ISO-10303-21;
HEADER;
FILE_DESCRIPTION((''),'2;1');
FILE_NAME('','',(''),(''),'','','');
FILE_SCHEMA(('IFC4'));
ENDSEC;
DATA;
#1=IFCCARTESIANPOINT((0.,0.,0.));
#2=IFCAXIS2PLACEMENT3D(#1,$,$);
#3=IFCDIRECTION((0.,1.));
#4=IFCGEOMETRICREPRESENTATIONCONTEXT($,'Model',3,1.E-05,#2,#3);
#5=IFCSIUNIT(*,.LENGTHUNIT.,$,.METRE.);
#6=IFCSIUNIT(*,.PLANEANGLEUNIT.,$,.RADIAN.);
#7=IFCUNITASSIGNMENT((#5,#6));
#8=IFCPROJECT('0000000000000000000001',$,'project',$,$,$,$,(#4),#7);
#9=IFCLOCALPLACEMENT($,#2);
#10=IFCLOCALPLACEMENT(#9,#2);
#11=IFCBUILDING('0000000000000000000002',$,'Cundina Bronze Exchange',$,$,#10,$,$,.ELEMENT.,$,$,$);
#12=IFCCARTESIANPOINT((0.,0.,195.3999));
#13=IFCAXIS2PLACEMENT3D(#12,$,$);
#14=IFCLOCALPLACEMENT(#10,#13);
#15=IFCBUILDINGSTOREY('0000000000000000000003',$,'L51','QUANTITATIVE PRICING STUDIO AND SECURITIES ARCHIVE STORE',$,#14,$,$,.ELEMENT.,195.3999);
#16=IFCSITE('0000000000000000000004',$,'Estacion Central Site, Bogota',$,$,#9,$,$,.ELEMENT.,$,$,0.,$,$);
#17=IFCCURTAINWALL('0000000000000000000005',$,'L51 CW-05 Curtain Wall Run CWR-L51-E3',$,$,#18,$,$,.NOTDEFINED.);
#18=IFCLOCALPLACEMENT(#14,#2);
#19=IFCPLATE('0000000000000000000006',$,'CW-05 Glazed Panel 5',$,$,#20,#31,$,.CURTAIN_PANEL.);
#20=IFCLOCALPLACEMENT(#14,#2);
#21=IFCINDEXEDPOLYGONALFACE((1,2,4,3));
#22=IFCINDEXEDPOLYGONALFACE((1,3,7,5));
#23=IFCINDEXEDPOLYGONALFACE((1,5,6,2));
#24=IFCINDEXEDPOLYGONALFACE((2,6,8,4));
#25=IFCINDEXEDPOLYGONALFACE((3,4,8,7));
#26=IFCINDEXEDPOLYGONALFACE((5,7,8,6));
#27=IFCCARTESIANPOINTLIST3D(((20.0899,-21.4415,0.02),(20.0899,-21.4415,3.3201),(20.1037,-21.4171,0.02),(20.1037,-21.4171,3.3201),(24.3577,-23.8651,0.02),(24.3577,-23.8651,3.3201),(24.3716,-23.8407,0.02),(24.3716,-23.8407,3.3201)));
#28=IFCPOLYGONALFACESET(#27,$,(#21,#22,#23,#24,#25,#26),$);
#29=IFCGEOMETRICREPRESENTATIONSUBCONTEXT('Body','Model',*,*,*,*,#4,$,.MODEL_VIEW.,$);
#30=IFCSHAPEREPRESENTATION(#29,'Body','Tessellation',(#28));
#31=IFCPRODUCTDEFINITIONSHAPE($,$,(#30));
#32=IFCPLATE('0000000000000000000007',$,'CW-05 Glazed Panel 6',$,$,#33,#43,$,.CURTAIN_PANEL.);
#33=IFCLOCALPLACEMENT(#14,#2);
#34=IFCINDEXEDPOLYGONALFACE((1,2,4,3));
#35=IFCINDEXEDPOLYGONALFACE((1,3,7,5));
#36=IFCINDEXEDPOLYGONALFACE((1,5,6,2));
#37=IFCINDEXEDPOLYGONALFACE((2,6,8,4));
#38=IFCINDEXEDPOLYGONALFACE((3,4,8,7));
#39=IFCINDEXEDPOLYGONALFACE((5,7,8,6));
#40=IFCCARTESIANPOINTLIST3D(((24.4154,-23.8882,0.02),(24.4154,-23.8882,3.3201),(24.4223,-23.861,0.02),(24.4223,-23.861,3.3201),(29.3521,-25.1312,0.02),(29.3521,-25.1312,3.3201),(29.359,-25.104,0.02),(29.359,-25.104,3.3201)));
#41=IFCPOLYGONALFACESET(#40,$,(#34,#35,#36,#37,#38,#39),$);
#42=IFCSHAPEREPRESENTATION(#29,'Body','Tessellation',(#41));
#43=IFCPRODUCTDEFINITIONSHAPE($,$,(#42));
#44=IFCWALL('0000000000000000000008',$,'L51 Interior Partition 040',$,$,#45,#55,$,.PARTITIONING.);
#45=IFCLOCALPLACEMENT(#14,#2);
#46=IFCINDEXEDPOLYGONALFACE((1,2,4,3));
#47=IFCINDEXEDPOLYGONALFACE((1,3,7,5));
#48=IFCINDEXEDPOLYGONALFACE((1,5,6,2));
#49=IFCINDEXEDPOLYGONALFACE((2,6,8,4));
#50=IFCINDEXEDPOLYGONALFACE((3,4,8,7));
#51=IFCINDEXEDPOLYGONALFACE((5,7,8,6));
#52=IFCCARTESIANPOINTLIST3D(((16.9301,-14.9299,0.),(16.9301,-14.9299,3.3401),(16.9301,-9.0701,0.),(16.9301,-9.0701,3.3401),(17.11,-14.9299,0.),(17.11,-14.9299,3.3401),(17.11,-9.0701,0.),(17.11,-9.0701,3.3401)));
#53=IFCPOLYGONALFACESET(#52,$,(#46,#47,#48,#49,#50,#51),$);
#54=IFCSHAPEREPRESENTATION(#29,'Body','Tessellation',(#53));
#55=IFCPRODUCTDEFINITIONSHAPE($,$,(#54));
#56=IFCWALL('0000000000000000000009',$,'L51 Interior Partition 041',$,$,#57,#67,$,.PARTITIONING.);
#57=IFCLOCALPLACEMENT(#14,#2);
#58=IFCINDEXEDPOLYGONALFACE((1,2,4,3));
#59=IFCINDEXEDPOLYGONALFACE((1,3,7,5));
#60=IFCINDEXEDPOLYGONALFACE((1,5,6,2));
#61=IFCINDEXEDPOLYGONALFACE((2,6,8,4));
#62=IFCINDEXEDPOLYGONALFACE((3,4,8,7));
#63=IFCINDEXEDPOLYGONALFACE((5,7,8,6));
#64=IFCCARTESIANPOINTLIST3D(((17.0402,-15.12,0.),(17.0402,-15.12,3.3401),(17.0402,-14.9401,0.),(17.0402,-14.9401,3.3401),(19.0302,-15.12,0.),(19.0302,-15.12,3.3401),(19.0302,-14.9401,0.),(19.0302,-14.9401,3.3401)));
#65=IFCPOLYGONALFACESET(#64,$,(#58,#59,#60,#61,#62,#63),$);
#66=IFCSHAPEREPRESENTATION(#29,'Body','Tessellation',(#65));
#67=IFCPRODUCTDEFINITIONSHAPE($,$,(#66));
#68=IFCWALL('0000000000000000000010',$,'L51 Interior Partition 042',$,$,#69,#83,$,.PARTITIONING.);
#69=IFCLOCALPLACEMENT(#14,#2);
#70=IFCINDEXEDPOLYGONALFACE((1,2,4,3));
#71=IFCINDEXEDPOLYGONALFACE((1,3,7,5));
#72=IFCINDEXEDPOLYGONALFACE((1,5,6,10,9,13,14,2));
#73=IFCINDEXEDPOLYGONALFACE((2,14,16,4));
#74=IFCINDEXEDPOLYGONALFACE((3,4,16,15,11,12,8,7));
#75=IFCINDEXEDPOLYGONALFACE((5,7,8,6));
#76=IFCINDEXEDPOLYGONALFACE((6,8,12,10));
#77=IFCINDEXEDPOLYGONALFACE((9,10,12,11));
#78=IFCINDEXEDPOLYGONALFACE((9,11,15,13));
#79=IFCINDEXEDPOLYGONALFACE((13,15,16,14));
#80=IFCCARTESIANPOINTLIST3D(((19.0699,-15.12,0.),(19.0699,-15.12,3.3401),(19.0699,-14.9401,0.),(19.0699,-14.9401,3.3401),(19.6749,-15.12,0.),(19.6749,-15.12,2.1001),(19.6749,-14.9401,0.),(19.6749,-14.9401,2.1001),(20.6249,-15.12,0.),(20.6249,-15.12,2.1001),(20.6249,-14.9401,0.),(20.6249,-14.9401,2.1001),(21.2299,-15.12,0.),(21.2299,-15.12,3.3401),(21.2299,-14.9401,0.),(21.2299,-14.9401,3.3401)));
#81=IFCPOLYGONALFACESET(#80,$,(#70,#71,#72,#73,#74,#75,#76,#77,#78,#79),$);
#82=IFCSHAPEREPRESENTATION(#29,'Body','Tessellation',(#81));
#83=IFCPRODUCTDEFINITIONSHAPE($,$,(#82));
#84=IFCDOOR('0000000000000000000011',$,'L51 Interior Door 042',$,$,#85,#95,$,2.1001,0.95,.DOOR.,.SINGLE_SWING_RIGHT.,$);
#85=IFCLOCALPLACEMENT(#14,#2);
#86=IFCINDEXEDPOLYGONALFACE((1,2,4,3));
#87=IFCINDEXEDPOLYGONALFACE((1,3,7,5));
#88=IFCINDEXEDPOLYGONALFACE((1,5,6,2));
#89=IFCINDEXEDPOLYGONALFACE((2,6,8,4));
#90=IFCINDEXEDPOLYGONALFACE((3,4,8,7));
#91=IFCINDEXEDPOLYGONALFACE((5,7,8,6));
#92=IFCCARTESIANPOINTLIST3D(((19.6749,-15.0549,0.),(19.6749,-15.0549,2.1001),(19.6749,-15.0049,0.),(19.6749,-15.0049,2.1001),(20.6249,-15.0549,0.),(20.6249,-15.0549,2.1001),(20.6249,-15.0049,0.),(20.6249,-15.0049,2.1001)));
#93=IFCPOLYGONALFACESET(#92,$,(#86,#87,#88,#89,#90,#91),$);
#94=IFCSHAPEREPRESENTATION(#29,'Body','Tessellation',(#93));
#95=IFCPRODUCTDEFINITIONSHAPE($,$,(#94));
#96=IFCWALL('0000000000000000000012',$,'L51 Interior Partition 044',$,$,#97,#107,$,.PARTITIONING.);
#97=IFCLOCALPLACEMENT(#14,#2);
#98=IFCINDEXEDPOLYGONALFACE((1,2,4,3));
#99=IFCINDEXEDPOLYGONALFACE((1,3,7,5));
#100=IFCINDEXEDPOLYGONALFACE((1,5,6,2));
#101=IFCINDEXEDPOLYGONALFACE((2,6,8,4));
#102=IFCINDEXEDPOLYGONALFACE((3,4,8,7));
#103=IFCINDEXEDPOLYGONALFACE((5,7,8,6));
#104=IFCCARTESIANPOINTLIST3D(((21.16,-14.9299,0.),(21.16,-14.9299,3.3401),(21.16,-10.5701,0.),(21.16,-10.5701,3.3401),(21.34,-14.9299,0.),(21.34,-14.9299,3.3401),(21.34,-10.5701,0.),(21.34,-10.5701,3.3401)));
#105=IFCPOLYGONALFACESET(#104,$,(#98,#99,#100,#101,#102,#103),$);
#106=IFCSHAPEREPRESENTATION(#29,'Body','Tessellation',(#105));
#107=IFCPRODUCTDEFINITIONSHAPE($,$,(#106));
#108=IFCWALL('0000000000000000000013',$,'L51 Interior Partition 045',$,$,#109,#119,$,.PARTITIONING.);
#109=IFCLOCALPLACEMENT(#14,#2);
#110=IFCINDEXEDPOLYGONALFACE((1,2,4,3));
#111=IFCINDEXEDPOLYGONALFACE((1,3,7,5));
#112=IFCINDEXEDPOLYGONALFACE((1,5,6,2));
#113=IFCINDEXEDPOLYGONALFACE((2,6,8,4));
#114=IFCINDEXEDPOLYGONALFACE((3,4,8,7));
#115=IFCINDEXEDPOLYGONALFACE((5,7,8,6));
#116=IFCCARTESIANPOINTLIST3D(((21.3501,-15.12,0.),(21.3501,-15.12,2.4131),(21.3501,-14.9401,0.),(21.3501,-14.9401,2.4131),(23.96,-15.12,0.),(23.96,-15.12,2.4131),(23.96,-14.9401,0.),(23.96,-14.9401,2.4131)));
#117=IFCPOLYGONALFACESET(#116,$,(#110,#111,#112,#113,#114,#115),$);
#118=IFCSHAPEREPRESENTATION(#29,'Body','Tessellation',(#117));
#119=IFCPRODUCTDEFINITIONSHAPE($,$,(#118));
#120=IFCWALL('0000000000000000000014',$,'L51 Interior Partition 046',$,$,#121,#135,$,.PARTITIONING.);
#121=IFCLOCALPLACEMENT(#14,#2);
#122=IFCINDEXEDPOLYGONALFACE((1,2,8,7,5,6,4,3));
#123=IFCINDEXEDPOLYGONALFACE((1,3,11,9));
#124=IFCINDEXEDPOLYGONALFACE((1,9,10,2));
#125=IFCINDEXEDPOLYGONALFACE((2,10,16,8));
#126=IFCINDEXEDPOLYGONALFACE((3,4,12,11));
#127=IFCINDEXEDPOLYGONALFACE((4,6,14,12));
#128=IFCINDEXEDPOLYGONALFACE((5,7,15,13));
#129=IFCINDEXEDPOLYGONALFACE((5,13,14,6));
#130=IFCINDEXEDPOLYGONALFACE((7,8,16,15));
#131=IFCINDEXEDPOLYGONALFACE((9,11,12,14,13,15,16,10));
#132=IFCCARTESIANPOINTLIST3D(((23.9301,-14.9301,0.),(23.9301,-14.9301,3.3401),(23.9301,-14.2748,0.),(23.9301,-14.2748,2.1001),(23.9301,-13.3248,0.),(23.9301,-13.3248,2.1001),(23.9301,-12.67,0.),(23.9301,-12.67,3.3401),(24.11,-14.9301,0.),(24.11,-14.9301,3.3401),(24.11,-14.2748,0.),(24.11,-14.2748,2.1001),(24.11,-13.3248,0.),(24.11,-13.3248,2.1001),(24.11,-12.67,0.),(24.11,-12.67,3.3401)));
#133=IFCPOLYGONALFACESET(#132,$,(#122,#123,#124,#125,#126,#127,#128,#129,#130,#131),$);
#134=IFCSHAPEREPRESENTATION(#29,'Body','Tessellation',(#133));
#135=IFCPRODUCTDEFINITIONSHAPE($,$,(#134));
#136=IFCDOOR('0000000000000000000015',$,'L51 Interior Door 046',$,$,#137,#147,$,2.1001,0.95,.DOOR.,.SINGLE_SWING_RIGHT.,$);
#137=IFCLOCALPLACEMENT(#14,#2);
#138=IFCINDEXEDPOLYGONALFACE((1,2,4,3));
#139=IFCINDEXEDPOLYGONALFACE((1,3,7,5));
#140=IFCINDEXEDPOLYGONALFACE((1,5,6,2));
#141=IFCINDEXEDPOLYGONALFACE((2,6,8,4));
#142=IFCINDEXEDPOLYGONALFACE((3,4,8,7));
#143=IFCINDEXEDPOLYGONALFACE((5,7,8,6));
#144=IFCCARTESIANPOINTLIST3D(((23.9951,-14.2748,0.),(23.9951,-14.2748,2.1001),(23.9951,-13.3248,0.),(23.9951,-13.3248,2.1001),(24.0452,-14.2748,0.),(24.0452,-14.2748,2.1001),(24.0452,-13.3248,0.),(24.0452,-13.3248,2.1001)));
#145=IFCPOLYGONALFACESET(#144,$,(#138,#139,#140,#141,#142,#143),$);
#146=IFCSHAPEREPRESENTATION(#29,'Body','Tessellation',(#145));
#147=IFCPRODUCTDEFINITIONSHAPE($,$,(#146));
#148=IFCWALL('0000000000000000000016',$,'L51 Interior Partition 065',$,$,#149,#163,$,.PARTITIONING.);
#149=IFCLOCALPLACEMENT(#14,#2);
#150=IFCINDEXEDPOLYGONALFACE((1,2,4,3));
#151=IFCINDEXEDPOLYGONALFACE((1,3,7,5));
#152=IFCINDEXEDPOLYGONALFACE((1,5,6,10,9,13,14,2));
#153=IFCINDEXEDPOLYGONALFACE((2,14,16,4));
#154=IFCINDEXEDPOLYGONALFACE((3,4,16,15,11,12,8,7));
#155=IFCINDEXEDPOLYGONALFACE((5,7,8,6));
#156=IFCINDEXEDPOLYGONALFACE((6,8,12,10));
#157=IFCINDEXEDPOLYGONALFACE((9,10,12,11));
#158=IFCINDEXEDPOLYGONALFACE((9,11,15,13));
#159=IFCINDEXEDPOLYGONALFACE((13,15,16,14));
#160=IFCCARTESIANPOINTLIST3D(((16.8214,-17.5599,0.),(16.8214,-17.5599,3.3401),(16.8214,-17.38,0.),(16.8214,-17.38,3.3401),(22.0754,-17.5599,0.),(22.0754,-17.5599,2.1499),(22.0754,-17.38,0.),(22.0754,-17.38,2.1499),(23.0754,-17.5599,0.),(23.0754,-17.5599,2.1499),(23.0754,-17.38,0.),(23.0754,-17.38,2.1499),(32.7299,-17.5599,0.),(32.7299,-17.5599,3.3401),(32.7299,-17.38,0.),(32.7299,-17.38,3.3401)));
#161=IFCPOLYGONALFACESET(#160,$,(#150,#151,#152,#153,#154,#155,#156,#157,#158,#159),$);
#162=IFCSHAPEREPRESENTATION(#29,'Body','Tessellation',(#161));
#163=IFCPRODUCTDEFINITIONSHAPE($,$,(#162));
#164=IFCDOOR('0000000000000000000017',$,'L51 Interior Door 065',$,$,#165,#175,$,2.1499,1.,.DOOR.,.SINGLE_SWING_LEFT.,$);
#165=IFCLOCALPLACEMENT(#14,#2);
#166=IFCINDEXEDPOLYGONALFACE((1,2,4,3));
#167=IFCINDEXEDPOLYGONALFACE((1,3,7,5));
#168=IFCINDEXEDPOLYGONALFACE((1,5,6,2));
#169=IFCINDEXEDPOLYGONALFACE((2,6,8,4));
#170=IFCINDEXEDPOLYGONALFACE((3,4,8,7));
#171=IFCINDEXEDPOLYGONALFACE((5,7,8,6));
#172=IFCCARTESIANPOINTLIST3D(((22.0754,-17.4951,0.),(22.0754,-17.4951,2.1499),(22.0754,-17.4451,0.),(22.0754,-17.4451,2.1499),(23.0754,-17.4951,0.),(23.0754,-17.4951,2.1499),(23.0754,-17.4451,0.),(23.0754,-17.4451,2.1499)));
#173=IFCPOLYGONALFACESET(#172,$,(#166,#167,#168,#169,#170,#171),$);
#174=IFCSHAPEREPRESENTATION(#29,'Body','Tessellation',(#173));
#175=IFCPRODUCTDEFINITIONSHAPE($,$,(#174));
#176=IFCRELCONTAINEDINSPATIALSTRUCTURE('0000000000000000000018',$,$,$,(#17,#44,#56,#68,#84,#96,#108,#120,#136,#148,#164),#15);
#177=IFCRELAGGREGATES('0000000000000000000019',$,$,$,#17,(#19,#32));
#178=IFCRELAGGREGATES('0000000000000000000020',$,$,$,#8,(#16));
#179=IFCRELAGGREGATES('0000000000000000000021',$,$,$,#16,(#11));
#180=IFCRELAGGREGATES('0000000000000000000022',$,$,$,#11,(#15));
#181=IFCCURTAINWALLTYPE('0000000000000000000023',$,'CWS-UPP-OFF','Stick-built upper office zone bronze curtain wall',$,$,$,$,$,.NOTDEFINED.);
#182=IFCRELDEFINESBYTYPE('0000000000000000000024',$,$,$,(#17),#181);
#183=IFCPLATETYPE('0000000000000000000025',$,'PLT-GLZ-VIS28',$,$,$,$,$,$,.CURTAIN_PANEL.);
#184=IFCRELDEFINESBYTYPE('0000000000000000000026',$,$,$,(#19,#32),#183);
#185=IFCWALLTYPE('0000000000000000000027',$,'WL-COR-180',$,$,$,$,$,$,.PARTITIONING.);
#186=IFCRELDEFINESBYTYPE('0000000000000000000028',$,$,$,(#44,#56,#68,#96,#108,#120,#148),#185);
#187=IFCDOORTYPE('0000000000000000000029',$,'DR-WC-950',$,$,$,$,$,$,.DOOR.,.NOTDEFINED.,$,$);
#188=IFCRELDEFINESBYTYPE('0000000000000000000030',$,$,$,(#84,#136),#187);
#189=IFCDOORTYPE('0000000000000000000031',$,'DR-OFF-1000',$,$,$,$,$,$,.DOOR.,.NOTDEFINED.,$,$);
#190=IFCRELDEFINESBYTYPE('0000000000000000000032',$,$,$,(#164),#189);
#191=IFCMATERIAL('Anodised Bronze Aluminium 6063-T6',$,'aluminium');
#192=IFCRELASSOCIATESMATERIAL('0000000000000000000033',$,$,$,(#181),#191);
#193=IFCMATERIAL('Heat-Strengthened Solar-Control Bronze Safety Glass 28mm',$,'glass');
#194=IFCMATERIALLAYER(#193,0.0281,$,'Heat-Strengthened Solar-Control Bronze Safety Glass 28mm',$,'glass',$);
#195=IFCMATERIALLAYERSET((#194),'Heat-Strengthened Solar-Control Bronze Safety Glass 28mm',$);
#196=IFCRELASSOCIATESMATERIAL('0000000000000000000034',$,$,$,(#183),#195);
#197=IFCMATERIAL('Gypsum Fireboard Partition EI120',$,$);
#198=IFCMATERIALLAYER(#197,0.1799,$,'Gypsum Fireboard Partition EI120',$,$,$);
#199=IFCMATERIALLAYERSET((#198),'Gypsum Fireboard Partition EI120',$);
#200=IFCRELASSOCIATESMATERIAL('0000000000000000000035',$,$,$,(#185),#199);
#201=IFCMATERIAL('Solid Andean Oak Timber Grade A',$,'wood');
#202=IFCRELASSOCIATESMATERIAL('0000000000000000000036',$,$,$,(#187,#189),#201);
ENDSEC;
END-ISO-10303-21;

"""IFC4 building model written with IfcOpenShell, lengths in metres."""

from ifc_helpers import new_model, si_unit, direction, frame, frame_2d, origin, origin_2d, place, context, subcontext, project, spatial, rectangle, extrude, material, layer, layer_set, type_object, element, fill, aggregate, save


model = new_model("IFC4")

# Units and contexts
model_context = context("Model", 3, precision=1e-05, world=origin(), true_north=direction((0.0, 1.0)))
body_context = subcontext(model_context, "Body", "Model", "MODEL_VIEW")
ifc_project = project(units=[si_unit("LENGTHUNIT", "METRE"), si_unit("PLANEANGLEUNIT", "RADIAN")], contexts=[model_context])

# Site, building, storey
site_placement = place(None, origin())
site = spatial("IfcSite", under=ifc_project, at=site_placement, Name="Estacion Central Site, Bogota", CompositionType="ELEMENT", RefElevation=0.0)
building_placement = place(site_placement, origin())
building = spatial("IfcBuilding", under=site, at=building_placement, Name="Cundina Bronze Exchange", CompositionType="ELEMENT")
storey_placement = place(building_placement, frame((0.0, 0.0, 195.3999)))
storey = spatial("IfcBuildingStorey", under=building, at=storey_placement, Name="L51", Description="QUANTITATIVE PRICING STUDIO AND SECURITIES ARCHIVE STORE", CompositionType="ELEMENT", Elevation=195.3999)

# Curtain wall, plates
ifc_material_1 = material(Name="Anodised Bronze Aluminium 6063-T6", Category="aluminium")
curtain_wall_type = type_object("IfcCurtainWallType", Name="CWS-UPP-OFF", Description="Stick-built upper office zone bronze curtain wall", PredefinedType="NOTDEFINED", material=ifc_material_1)
curtain_wall_placement = place(storey_placement, origin())
curtain_wall = element("IfcCurtainWall", 1, at=curtain_wall_placement, inside=storey, type_object=curtain_wall_type, Name="L51 CW-05 Curtain Wall Run CWR-L51-E3", PredefinedType="NOTDEFINED")
ifc_material_2 = material(Name="Heat-Strengthened Solar-Control Bronze Safety Glass 28mm", Category="glass")
ifc_layer_1 = layer(ifc_material_2, 0.0281, Name="Heat-Strengthened Solar-Control Bronze Safety Glass 28mm", Category="glass")
ifc_layer_set_1 = layer_set([ifc_layer_1], Name="Heat-Strengthened Solar-Control Bronze Safety Glass 28mm")
plate_type = type_object("IfcPlateType", Name="PLT-GLZ-VIS28", PredefinedType="CURTAIN_PANEL", material=ifc_layer_set_1)
plate_1_placement = place(storey_placement, frame((22.2307, -22.6411, 0.02), z_axis=(0.0, 0.0, 1.0), x_axis=(0.869573, -0.493805, 0.0)))
plate_1 = element("IfcPlate", 2, at=plate_1_placement, type_object=plate_type, Name="CW-05 Glazed Panel 5", PredefinedType="CURTAIN_PANEL", context=body_context, shape_type="SweptSolid", body=[
    extrude(rectangle(XDim=4.908, YDim=0.0281, at=origin_2d()), origin(), (0.0, 0.0, 1.0), 3.3),
])
plate_2_placement = place(storey_placement, frame((26.8872, -24.4961, 0.02), z_axis=(0.0, 0.0, 1.0), x_axis=(0.969732, -0.244174, 0.0)))
plate_2 = element("IfcPlate", 3, at=plate_2_placement, type_object=plate_type, Name="CW-05 Glazed Panel 6", PredefinedType="CURTAIN_PANEL", context=body_context, shape_type="SweptSolid", body=[
    extrude(rectangle(XDim=5.0908, YDim=0.0281, at=origin_2d()), origin(), (0.0, 0.0, 1.0), 3.3),
])
aggregate(curtain_wall, [plate_1, plate_2])

# Walls
ifc_material_3 = material(Name="Gypsum Fireboard Partition EI120")
ifc_layer_2 = layer(ifc_material_3, 0.1799, Name="Gypsum Fireboard Partition EI120")
ifc_layer_set_2 = layer_set([ifc_layer_2], Name="Gypsum Fireboard Partition EI120")
wall_type_1 = type_object("IfcWallType", Name="WL-COR-180", PredefinedType="PARTITIONING", material=ifc_layer_set_2)
wall_1_placement = place(storey_placement, frame((17.02, -14.9299, 0.0), z_axis=(0.0, 0.0, 1.0), x_axis=(0.0, 1.0, 0.0)))
element("IfcWall", 4, at=wall_1_placement, inside=storey, type_object=wall_type_1, Name="L51 Interior Partition 040", PredefinedType="PARTITIONING", context=body_context, shape_type="SweptSolid", body=[
    extrude(rectangle(XDim=5.8599, YDim=0.1799, at=frame_2d((2.9299, 0.0))), origin(), (0.0, 0.0, 1.0), 3.3401),
])
wall_2_placement = place(storey_placement, frame((17.04, -15.03, 0.0), z_axis=(0.0, 0.0, 1.0), x_axis=(1.0, 0.0, 0.0)))
element("IfcWall", 5, at=wall_2_placement, inside=storey, type_object=wall_type_1, Name="L51 Interior Partition 041", PredefinedType="PARTITIONING", context=body_context, shape_type="SweptSolid", body=[
    extrude(rectangle(XDim=1.99, YDim=0.1799, at=frame_2d((0.9951, 0.0))), origin(), (0.0, 0.0, 1.0), 3.3401),
])

# Wall, opening, door
wall_3_placement = place(storey_placement, frame((21.23, -15.03, 0.0), z_axis=(0.0, 0.0, 1.0), x_axis=(-1.0, 0.0, 0.0)))
wall_3 = element("IfcWall", 6, at=wall_3_placement, inside=storey, type_object=wall_type_1, Name="L51 Interior Partition 042", PredefinedType="PARTITIONING", context=body_context, shape_type="SweptSolid", body=[
    extrude(rectangle(XDim=2.1599, YDim=0.1799, at=frame_2d((1.0801, 0.0))), origin(), (0.0, 0.0, 1.0), 3.3401),
])
opening_1_placement = place(wall_3_placement, frame((0.605, 0.0, 0.0)))
opening_1 = element("IfcOpeningElement", 7, at=opening_1_placement, cuts=wall_3, PredefinedType="OPENING", context=body_context, shape_type="SweptSolid", body=[
    extrude(rectangle(XDim=0.95, YDim=2.1001, at=frame_2d((0.4751, 1.05))), frame((0.0, 0.0999, 0.0), z_axis=(0.0, -1.0, 0.0), x_axis=(1.0, 0.0, 0.0)), (0.0, 0.0, 1.0), 0.2),
])
ifc_material_4 = material(Name="Solid Andean Oak Timber Grade A", Category="wood")
door_type_1 = type_object("IfcDoorType", Name="DR-WC-950", OperationType="NOTDEFINED", PredefinedType="DOOR", material=ifc_material_4)
door_1_placement = place(opening_1_placement, origin())
door_1 = element("IfcDoor", 8, at=door_1_placement, inside=storey, type_object=door_type_1, Name="L51 Interior Door 042", OperationType="SINGLE_SWING_RIGHT", OverallHeight=2.1001, OverallWidth=0.95, PredefinedType="DOOR", context=body_context, shape_type="SweptSolid", body=[
    extrude(rectangle(XDim=0.95, YDim=2.1001, at=frame_2d((0.4751, 1.05))), frame((0.0, 0.0249, 0.0), z_axis=(0.0, -1.0, 0.0), x_axis=(1.0, 0.0, 0.0)), (0.0, 0.0, 1.0), 0.05),
])
fill(opening_1, door_1)

# Walls
wall_4_placement = place(storey_placement, frame((21.25, -14.9299, 0.0), z_axis=(0.0, 0.0, 1.0), x_axis=(0.0, 1.0, 0.0)))
element("IfcWall", 9, at=wall_4_placement, inside=storey, type_object=wall_type_1, Name="L51 Interior Partition 044", PredefinedType="PARTITIONING", context=body_context, shape_type="SweptSolid", body=[
    extrude(rectangle(XDim=4.3599, YDim=0.1799, at=frame_2d((2.1799, 0.0))), origin(), (0.0, 0.0, 1.0), 3.3401),
])
wall_5_placement = place(storey_placement, frame((21.3501, -15.03, 0.0), z_axis=(0.0, 0.0, 1.0), x_axis=(1.0, 0.0, 0.0)))
element("IfcWall", 10, at=wall_5_placement, inside=storey, type_object=wall_type_1, Name="L51 Interior Partition 045", PredefinedType="PARTITIONING", context=body_context, shape_type="SweptSolid", body=[
    extrude(rectangle(XDim=2.6099, YDim=0.1799, at=frame_2d((1.3049, 0.0))), origin(), (0.0, 0.0, 1.0), 2.4131),
])

# Walls, openings, doors
wall_6_placement = place(storey_placement, frame((24.02, -14.9299, 0.0), z_axis=(0.0, 0.0, 1.0), x_axis=(0.0, 1.0, 0.0)))
wall_6 = element("IfcWall", 11, at=wall_6_placement, inside=storey, type_object=wall_type_1, Name="L51 Interior Partition 046", PredefinedType="PARTITIONING", context=body_context, shape_type="SweptSolid", body=[
    extrude(rectangle(XDim=2.26, YDim=0.1799, at=frame_2d((1.1299, 0.0))), origin(), (0.0, 0.0, 1.0), 3.3401),
])
opening_2_placement = place(wall_6_placement, frame((0.655, 0.0, 0.0)))
opening_2 = element("IfcOpeningElement", 12, at=opening_2_placement, cuts=wall_6, PredefinedType="OPENING", context=body_context, shape_type="SweptSolid", body=[
    extrude(rectangle(XDim=0.95, YDim=2.1001, at=frame_2d((0.4751, 1.05))), frame((0.0, 0.0999, 0.0), z_axis=(0.0, -1.0, 0.0), x_axis=(1.0, 0.0, 0.0)), (0.0, 0.0, 1.0), 0.2),
])
door_2_placement = place(opening_2_placement, origin())
door_2 = element("IfcDoor", 13, at=door_2_placement, inside=storey, type_object=door_type_1, Name="L51 Interior Door 046", OperationType="SINGLE_SWING_RIGHT", OverallHeight=2.1001, OverallWidth=0.95, PredefinedType="DOOR", context=body_context, shape_type="SweptSolid", body=[
    extrude(rectangle(XDim=0.95, YDim=2.1001, at=frame_2d((0.4751, 1.05))), frame((0.0, 0.0249, 0.0), z_axis=(0.0, -1.0, 0.0), x_axis=(1.0, 0.0, 0.0)), (0.0, 0.0, 1.0), 0.05),
])
fill(opening_2, door_2)
wall_7_placement = place(storey_placement, frame((16.8215, -17.47, 0.0), z_axis=(0.0, 0.0, 1.0), x_axis=(1.0, 0.0, 0.0)))
wall_7 = element("IfcWall", 14, at=wall_7_placement, inside=storey, type_object=wall_type_1, Name="L51 Interior Partition 065", PredefinedType="PARTITIONING", context=body_context, shape_type="SweptSolid", body=[
    extrude(rectangle(XDim=15.9084, YDim=0.1799, at=frame_2d((7.9541, 0.0))), origin(), (0.0, 0.0, 1.0), 3.3401),
])
opening_3_placement = place(wall_7_placement, frame((5.2539, 0.0, 0.0)))
opening_3 = element("IfcOpeningElement", 15, at=opening_3_placement, cuts=wall_7, PredefinedType="OPENING", context=body_context, shape_type="SweptSolid", body=[
    extrude(rectangle(XDim=1.0, YDim=2.1499, at=frame_2d((0.5, 1.075))), frame((0.0, 0.0999, 0.0), z_axis=(0.0, -1.0, 0.0), x_axis=(1.0, 0.0, 0.0)), (0.0, 0.0, 1.0), 0.2),
])
door_type_2 = type_object("IfcDoorType", Name="DR-OFF-1000", OperationType="NOTDEFINED", PredefinedType="DOOR", material=ifc_material_4)
door_3_placement = place(opening_3_placement, origin())
door_3 = element("IfcDoor", 16, at=door_3_placement, inside=storey, type_object=door_type_2, Name="L51 Interior Door 065", OperationType="SINGLE_SWING_LEFT", OverallHeight=2.1499, OverallWidth=1.0, PredefinedType="DOOR", context=body_context, shape_type="SweptSolid", body=[
    extrude(rectangle(XDim=1.0, YDim=2.1499, at=frame_2d((0.5, 1.075))), frame((0.0, 0.0249, 0.0), z_axis=(0.0, -1.0, 0.0), x_axis=(1.0, 0.0, 0.0)), (0.0, 0.0, 1.0), 0.05),
])
fill(opening_3, door_3)

save(model, "model.ifc")
